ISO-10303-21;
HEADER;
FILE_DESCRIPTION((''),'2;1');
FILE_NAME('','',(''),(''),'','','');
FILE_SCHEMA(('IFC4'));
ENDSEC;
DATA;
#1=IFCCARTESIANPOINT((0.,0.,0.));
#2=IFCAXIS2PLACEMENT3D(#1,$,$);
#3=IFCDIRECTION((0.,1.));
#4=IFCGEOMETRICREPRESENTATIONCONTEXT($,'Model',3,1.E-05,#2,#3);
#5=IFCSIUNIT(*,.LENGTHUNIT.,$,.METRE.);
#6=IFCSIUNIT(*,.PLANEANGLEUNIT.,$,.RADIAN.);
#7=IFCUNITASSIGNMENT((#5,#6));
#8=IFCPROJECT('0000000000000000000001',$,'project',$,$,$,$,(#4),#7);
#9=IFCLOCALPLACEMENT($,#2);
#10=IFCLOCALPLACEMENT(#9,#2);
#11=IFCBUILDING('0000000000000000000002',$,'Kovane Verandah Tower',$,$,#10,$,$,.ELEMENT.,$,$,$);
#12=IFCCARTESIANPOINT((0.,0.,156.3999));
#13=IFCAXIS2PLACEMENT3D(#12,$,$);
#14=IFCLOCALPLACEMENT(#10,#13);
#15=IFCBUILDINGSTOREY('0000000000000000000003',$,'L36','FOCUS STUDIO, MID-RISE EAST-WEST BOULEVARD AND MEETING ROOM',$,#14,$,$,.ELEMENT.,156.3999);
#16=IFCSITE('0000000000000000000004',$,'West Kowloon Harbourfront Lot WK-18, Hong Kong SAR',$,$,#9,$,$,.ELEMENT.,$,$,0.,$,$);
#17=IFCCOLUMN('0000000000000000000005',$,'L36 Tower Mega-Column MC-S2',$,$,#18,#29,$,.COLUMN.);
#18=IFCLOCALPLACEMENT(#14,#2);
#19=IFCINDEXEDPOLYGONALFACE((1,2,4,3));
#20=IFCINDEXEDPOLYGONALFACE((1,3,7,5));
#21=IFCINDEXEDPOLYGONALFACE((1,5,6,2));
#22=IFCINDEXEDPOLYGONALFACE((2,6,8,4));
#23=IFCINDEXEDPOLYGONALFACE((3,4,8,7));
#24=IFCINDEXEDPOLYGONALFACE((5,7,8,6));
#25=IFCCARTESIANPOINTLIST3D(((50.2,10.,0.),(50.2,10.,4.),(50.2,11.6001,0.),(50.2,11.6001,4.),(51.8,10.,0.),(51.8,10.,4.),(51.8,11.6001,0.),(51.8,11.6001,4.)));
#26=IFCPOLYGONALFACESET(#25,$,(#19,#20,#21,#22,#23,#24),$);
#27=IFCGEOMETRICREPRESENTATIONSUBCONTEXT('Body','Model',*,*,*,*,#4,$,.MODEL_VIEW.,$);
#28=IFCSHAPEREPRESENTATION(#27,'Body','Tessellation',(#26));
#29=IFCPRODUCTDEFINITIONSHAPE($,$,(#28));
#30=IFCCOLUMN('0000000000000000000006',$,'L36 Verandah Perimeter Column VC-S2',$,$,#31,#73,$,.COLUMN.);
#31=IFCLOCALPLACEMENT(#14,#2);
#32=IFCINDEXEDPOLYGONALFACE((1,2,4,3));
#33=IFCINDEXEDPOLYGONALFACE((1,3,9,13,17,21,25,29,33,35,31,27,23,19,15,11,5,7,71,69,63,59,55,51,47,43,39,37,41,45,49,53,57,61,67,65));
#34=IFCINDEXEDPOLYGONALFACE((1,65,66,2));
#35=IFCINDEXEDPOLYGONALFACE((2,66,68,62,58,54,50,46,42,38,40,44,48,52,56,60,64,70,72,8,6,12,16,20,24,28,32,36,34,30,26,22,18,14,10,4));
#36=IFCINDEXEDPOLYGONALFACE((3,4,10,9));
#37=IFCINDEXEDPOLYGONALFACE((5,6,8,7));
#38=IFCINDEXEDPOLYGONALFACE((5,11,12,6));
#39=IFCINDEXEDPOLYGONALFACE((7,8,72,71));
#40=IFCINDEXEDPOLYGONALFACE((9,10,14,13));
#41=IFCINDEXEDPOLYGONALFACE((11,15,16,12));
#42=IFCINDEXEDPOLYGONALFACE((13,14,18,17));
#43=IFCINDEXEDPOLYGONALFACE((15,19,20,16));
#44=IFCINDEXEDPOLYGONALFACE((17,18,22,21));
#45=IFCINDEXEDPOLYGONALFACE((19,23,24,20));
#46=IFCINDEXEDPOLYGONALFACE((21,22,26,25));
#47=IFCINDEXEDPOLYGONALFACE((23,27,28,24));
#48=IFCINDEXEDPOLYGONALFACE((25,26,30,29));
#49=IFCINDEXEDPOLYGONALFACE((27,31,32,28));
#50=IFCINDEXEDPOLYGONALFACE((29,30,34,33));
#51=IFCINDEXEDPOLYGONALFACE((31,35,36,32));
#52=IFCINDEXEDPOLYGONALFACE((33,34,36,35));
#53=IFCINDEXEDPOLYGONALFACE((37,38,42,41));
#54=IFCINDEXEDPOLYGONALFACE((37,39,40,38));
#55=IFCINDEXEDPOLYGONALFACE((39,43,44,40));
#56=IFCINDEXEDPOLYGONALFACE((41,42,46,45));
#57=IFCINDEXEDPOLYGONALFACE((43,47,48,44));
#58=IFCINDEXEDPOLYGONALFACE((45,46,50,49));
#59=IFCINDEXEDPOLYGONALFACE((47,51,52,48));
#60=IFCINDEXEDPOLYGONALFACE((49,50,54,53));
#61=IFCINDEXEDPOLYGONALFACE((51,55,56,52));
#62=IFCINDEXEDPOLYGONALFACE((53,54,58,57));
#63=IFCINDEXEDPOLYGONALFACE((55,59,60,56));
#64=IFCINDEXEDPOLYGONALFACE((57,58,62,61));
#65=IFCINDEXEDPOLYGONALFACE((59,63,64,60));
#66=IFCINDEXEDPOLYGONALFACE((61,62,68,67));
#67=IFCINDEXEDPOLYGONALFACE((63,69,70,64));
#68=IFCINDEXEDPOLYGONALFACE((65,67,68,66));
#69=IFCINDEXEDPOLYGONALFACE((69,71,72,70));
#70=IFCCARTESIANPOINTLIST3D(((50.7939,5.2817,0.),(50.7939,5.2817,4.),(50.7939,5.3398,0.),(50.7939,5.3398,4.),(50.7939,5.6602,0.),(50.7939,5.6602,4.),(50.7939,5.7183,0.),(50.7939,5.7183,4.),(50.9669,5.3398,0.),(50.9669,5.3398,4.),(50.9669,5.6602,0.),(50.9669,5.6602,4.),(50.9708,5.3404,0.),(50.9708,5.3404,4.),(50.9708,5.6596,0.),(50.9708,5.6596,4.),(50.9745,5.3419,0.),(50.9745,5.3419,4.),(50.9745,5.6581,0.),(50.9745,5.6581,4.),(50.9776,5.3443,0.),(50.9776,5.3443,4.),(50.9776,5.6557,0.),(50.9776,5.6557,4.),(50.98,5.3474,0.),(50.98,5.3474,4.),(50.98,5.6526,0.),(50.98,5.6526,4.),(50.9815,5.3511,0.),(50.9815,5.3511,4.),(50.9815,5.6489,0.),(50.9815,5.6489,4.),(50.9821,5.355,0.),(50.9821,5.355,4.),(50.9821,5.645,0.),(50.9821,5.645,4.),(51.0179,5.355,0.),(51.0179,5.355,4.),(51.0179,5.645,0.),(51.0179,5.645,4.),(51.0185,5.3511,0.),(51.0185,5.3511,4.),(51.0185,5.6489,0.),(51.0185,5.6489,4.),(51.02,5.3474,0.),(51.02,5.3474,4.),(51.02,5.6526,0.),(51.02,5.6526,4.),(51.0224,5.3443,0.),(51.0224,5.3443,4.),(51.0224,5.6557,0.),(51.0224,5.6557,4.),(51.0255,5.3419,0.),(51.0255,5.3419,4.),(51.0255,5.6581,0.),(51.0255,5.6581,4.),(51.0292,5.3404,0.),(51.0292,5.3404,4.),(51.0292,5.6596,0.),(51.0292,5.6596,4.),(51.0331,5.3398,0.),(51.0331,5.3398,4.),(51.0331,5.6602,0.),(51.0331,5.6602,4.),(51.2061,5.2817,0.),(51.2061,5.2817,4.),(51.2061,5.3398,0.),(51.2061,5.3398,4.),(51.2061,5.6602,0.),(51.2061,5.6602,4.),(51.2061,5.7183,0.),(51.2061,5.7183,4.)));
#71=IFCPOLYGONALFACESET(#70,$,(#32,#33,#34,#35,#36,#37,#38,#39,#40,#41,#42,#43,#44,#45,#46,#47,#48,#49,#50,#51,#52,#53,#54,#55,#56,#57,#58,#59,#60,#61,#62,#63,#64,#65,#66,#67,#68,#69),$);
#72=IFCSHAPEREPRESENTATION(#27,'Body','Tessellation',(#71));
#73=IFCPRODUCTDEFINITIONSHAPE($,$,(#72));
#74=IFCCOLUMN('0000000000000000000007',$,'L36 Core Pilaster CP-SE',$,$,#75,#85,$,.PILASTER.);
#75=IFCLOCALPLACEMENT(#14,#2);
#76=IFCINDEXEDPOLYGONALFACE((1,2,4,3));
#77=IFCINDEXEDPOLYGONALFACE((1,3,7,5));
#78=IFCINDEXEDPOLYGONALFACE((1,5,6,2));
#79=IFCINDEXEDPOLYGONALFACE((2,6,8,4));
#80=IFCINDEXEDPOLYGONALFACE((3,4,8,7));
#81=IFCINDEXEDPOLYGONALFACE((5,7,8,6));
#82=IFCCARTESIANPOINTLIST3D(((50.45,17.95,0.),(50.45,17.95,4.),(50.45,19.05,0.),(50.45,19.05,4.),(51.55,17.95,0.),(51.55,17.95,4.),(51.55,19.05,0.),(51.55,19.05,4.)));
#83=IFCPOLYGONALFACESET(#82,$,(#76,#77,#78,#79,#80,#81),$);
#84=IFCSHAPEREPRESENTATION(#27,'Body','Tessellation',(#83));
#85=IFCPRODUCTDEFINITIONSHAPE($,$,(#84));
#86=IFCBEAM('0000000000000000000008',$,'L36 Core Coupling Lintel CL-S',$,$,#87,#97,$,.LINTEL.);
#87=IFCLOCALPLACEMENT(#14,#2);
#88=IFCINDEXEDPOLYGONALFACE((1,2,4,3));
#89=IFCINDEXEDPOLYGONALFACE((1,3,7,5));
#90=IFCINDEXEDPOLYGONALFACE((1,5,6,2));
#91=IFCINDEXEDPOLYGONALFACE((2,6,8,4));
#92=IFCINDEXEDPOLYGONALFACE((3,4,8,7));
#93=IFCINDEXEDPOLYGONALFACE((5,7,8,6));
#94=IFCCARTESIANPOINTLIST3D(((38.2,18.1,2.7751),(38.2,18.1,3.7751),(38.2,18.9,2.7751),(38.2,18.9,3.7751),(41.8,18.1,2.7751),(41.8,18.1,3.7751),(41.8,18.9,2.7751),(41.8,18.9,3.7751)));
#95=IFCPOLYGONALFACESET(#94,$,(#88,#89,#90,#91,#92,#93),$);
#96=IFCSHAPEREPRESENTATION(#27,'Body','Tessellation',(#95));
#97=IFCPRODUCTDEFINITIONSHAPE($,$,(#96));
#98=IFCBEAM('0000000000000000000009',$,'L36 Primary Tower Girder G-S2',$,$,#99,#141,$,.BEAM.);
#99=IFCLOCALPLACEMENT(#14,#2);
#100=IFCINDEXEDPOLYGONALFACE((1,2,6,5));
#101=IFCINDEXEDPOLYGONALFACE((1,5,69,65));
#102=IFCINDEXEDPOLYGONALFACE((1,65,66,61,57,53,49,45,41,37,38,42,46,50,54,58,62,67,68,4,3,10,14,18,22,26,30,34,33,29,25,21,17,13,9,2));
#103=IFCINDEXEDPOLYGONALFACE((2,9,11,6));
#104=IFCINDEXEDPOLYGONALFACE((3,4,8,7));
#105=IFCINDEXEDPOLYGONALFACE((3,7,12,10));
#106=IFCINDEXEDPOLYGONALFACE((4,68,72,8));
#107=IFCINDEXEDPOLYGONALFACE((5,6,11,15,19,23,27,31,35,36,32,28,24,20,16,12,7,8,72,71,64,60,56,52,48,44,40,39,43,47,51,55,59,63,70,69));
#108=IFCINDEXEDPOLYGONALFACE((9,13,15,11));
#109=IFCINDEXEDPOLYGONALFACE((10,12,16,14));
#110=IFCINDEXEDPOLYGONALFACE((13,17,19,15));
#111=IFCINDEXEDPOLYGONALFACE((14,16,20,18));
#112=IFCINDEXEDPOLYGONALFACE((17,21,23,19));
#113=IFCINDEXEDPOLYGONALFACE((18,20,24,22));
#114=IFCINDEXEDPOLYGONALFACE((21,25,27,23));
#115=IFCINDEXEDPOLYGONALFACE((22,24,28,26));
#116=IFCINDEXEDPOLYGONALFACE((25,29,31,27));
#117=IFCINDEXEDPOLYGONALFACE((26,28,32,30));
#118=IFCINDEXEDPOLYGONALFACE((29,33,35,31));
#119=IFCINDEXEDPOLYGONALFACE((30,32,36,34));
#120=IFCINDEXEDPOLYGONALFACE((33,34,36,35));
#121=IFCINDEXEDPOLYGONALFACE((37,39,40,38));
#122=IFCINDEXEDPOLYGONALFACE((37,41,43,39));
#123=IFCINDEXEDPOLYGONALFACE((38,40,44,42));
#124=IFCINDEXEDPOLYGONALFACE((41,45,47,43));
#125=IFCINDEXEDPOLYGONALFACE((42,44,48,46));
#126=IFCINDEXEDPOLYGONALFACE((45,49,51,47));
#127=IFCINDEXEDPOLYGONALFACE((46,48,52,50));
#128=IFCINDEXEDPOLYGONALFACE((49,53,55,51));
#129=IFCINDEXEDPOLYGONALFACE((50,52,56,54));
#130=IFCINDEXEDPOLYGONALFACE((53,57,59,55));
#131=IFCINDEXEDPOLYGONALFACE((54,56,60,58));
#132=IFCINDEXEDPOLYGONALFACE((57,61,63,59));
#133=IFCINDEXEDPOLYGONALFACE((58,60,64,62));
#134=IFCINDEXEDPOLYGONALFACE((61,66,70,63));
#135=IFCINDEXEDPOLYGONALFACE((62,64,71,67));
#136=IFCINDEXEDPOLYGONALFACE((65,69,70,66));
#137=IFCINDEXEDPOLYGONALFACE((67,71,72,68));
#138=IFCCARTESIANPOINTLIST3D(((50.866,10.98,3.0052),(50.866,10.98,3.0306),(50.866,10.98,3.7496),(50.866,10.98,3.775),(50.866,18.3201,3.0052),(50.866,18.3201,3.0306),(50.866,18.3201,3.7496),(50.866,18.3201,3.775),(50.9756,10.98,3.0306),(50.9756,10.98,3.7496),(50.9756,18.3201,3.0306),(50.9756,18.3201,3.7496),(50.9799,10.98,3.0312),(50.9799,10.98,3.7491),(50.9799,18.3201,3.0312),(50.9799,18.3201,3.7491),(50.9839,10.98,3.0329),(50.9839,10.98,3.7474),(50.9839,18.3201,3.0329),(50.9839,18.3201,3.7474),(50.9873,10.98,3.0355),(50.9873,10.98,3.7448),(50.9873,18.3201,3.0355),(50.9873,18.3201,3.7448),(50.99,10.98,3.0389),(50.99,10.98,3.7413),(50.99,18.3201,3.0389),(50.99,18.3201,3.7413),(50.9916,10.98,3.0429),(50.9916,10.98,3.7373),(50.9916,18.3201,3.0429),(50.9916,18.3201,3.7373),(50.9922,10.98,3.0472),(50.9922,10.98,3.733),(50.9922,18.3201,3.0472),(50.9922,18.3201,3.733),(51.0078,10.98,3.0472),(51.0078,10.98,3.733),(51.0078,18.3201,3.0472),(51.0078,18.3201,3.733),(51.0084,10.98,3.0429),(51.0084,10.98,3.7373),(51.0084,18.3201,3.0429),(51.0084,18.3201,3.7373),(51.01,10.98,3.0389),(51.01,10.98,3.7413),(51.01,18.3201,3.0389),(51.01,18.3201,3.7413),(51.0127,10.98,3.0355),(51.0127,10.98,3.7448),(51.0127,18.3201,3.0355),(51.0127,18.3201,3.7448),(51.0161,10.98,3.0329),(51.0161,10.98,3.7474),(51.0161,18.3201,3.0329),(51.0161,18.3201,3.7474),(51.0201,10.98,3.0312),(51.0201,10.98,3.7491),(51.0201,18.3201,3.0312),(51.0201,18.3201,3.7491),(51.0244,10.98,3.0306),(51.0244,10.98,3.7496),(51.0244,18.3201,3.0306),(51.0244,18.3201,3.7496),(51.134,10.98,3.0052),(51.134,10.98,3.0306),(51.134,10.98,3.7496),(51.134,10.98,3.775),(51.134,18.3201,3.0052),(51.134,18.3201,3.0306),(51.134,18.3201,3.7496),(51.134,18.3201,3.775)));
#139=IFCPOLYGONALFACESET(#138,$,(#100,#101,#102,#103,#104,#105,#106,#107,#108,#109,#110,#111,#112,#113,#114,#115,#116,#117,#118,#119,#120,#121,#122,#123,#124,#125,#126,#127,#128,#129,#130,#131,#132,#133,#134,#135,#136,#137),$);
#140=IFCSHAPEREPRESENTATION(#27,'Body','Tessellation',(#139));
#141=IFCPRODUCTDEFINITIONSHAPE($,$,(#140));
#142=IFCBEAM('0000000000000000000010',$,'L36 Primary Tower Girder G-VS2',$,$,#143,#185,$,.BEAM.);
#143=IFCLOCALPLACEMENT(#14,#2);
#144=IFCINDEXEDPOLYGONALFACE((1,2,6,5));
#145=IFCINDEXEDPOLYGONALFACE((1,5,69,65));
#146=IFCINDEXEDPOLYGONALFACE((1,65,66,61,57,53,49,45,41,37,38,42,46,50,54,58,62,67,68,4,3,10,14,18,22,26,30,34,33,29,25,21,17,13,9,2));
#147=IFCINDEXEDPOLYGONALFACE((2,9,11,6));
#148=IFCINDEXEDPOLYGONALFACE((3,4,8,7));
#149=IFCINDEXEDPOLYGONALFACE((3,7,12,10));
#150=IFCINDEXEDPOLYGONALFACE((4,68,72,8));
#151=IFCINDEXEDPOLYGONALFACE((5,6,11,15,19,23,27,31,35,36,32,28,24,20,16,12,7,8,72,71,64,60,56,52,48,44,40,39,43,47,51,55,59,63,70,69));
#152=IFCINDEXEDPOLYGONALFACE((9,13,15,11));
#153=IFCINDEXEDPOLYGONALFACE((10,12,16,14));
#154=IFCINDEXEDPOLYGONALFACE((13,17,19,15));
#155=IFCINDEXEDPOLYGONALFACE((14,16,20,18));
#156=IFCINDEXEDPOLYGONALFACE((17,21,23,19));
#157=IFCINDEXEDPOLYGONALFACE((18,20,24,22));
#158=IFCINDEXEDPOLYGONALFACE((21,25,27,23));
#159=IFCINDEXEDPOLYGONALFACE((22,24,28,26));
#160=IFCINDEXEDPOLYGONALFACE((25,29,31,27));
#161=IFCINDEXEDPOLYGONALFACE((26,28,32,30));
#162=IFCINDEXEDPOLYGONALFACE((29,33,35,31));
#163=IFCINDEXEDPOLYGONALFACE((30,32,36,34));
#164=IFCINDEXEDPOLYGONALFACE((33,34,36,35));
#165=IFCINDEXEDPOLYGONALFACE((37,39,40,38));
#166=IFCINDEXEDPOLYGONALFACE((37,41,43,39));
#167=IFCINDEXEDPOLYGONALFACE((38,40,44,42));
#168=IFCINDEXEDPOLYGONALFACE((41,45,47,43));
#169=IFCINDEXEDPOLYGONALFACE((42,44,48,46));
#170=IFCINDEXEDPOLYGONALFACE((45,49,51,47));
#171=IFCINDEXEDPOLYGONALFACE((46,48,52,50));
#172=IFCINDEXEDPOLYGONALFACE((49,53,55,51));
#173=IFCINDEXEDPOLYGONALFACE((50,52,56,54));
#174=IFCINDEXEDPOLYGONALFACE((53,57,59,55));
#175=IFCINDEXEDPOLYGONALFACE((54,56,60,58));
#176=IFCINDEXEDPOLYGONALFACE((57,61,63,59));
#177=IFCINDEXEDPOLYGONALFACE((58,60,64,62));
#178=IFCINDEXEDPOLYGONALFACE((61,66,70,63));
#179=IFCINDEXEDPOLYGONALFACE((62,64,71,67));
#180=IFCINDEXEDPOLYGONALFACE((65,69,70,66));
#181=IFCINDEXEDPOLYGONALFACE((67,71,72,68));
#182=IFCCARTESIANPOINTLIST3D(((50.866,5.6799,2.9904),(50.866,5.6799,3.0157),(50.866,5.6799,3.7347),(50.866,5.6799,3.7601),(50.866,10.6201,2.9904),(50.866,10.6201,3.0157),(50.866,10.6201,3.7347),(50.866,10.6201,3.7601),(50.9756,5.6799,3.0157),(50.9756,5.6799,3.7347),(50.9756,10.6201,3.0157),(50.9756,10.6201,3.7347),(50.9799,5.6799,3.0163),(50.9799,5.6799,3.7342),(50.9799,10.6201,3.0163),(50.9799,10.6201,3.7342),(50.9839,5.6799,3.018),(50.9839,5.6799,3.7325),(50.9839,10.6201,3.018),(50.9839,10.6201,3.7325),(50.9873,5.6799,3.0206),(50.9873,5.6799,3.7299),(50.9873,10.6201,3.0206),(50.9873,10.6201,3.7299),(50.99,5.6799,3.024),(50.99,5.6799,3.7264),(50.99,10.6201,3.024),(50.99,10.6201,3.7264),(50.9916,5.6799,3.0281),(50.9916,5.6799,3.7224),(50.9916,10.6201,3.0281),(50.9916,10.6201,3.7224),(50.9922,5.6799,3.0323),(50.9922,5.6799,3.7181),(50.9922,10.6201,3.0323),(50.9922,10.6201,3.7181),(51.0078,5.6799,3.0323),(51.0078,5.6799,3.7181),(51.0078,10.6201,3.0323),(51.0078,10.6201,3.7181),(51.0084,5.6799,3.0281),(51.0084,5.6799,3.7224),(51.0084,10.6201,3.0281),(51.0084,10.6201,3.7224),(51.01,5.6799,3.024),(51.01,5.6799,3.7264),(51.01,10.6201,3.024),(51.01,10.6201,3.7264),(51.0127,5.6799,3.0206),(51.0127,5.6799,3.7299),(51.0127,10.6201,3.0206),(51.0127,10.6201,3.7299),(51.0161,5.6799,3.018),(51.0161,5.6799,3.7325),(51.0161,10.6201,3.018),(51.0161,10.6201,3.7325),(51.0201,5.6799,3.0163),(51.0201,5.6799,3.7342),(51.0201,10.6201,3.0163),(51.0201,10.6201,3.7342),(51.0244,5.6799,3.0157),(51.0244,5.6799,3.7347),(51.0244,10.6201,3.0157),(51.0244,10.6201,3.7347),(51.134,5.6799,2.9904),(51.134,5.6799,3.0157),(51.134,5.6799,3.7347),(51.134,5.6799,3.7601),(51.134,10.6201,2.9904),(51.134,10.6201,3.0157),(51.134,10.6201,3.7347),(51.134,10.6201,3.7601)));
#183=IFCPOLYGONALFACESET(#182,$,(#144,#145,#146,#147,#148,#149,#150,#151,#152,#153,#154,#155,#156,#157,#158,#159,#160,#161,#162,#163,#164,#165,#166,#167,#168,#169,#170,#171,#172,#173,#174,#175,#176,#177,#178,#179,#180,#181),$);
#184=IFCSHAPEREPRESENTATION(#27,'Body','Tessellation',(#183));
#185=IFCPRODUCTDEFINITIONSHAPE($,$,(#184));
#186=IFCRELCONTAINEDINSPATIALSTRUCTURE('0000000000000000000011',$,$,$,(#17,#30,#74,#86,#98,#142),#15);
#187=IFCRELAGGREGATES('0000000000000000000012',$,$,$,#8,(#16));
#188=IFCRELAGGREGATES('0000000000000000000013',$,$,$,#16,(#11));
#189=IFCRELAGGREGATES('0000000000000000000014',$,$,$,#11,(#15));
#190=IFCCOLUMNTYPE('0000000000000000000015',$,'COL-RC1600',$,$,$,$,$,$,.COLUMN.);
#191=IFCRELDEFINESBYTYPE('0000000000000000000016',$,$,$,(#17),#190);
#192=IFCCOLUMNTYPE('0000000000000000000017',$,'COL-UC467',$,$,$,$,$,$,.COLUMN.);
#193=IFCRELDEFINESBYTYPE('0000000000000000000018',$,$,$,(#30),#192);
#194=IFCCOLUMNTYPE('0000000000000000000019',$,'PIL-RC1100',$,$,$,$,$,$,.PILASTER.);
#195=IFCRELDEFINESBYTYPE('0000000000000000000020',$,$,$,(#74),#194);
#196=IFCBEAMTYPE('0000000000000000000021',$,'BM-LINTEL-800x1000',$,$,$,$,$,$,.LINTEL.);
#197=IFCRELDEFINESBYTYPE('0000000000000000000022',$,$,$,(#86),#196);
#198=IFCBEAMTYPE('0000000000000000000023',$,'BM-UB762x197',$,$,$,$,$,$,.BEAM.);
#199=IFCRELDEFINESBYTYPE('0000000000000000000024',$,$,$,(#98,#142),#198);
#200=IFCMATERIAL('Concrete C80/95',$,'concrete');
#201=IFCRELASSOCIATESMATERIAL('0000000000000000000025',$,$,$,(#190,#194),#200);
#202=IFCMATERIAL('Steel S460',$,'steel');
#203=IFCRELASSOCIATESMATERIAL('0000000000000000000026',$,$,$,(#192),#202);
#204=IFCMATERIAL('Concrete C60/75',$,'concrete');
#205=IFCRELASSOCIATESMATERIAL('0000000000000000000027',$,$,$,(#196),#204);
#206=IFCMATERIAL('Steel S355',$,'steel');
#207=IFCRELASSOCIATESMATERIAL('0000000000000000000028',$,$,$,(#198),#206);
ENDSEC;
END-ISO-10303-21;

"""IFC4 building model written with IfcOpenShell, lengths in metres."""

from ifc_helpers import new_model, si_unit, direction, frame, origin, origin_2d, place, context, subcontext, project, spatial, rectangle, i_section, extrude, material, material_profile, profile_set, type_object, element, save


model = new_model("IFC4")

# Units and contexts
model_context = context("Model", 3, precision=1e-05, world=origin(), true_north=direction((0.0, 1.0)))
body_context = subcontext(model_context, "Body", "Model", "MODEL_VIEW")
ifc_project = project(units=[si_unit("LENGTHUNIT", "METRE"), si_unit("PLANEANGLEUNIT", "RADIAN")], contexts=[model_context])

# Site, building, storey
site_placement = place(None, origin())
site = spatial("IfcSite", under=ifc_project, at=site_placement, Name="West Kowloon Harbourfront Lot WK-18, Hong Kong SAR", CompositionType="ELEMENT", RefElevation=0.0)
building_placement = place(site_placement, origin())
building = spatial("IfcBuilding", under=site, at=building_placement, Name="Kovane Verandah Tower", CompositionType="ELEMENT")
storey_placement = place(building_placement, frame((0.0, 0.0, 156.3999)))
storey = spatial("IfcBuildingStorey", under=building, at=storey_placement, Name="L36", Description="FOCUS STUDIO, MID-RISE EAST-WEST BOULEVARD AND MEETING ROOM", CompositionType="ELEMENT", Elevation=156.3999)

# Columns
ifc_material_1 = material(Name="Concrete C80/95", Category="concrete")
ifc_material_profile_1 = material_profile(ifc_material_1, rectangle(XDim=1.6001, YDim=1.6001, at=origin_2d()), Name="RC1600x1600")
ifc_profile_set_1 = profile_set([ifc_material_profile_1], Name="Concrete C80/95")
column_type_1 = type_object("IfcColumnType", Name="COL-RC1600", PredefinedType="COLUMN", material=ifc_profile_set_1)
column_1_placement = place(storey_placement, frame((51.0, 10.8, 0.0), z_axis=(0.0, 0.0, 1.0), x_axis=(1.0, 0.0, 0.0)))
element("IfcColumn", 1, at=column_1_placement, inside=storey, type_object=column_type_1, Name="L36 Tower Mega-Column MC-S2", PredefinedType="COLUMN", context=body_context, shape_type="SweptSolid", body=[
    extrude(rectangle(XDim=1.6001, YDim=1.6001, at=origin_2d()), origin(), (0.0, 0.0, 1.0), 4.0),
])
ifc_material_2 = material(Name="Steel S460", Category="steel")
ifc_material_profile_2 = material_profile(ifc_material_2, i_section(OverallWidth=0.4121, OverallDepth=0.4365, WebThickness=0.0359, FlangeThickness=0.0581, FilletRadius=0.0151, at=origin_2d()), Name="UC356x406x467")
ifc_profile_set_2 = profile_set([ifc_material_profile_2], Name="Steel S460")
column_type_2 = type_object("IfcColumnType", Name="COL-UC467", PredefinedType="COLUMN", material=ifc_profile_set_2)
column_2_placement = place(storey_placement, frame((51.0, 5.5, 0.0), z_axis=(0.0, 0.0, 1.0), x_axis=(1.0, 0.0, 0.0)))
element("IfcColumn", 2, at=column_2_placement, inside=storey, type_object=column_type_2, Name="L36 Verandah Perimeter Column VC-S2", PredefinedType="COLUMN", context=body_context, shape_type="SweptSolid", body=[
    extrude(i_section(OverallWidth=0.4121, OverallDepth=0.4365, WebThickness=0.0359, FlangeThickness=0.0581, FilletRadius=0.0151, at=origin_2d()), origin(), (0.0, 0.0, 1.0), 4.0),
])
ifc_material_profile_3 = material_profile(ifc_material_1, rectangle(XDim=1.1001, YDim=1.1001, at=origin_2d()), Name="RC1100x1100")
ifc_profile_set_3 = profile_set([ifc_material_profile_3], Name="Concrete C80/95")
column_type_3 = type_object("IfcColumnType", Name="PIL-RC1100", PredefinedType="PILASTER", material=ifc_profile_set_3)
column_3_placement = place(storey_placement, frame((51.0, 18.5, 0.0), z_axis=(0.0, 0.0, 1.0), x_axis=(1.0, 0.0, 0.0)))
element("IfcColumn", 3, at=column_3_placement, inside=storey, type_object=column_type_3, Name="L36 Core Pilaster CP-SE", PredefinedType="PILASTER", context=body_context, shape_type="SweptSolid", body=[
    extrude(rectangle(XDim=1.1001, YDim=1.1001, at=origin_2d()), origin(), (0.0, 0.0, 1.0), 4.0),
])

# Beams
ifc_material_3 = material(Name="Concrete C60/75", Category="concrete")
ifc_material_profile_4 = material_profile(ifc_material_3, rectangle(XDim=0.8, YDim=1.0, at=origin_2d()), Name="RCB800x1000")
ifc_profile_set_4 = profile_set([ifc_material_profile_4], Name="Concrete C60/75")
beam_type_1 = type_object("IfcBeamType", Name="BM-LINTEL-800x1000", PredefinedType="LINTEL", material=ifc_profile_set_4)
beam_1_placement = place(storey_placement, frame((38.2, 18.5, 3.2751), z_axis=(1.0, 0.0, 0.0), x_axis=(0.0, 1.0, 0.0)))
element("IfcBeam", 4, at=beam_1_placement, inside=storey, type_object=beam_type_1, Name="L36 Core Coupling Lintel CL-S", PredefinedType="LINTEL", context=body_context, shape_type="SweptSolid", body=[
    extrude(rectangle(XDim=0.8, YDim=1.0, at=origin_2d()), origin(), (0.0, 0.0, 1.0), 3.6001),
])
ifc_material_4 = material(Name="Steel S355", Category="steel")
ifc_material_profile_5 = material_profile(ifc_material_4, i_section(OverallWidth=0.2681, OverallDepth=0.7698, WebThickness=0.0156, FlangeThickness=0.0254, FilletRadius=0.0166, at=origin_2d()), Name="UB762x267x197")
ifc_profile_set_5 = profile_set([ifc_material_profile_5], Name="Steel S355")
beam_type_2 = type_object("IfcBeamType", Name="BM-UB762x197", PredefinedType="BEAM", material=ifc_profile_set_5)
beam_2_placement = place(storey_placement, frame((51.0, 18.3201, 3.3901), z_axis=(0.0, -1.0, 0.0), x_axis=(1.0, 0.0, 0.0)))
element("IfcBeam", 5, at=beam_2_placement, inside=storey, type_object=beam_type_2, Name="L36 Primary Tower Girder G-S2", PredefinedType="BEAM", context=body_context, shape_type="SweptSolid", body=[
    extrude(i_section(OverallWidth=0.2681, OverallDepth=0.7698, WebThickness=0.0156, FlangeThickness=0.0254, FilletRadius=0.0166, at=origin_2d()), origin(), (0.0, 0.0, 1.0), 7.3401),
])
beam_3_placement = place(storey_placement, frame((51.0, 10.6201, 3.3752), z_axis=(0.0, -1.0, 0.0), x_axis=(1.0, 0.0, 0.0)))
element("IfcBeam", 6, at=beam_3_placement, inside=storey, type_object=beam_type_2, Name="L36 Primary Tower Girder G-VS2", PredefinedType="BEAM", context=body_context, shape_type="SweptSolid", body=[
    extrude(i_section(OverallWidth=0.2681, OverallDepth=0.7698, WebThickness=0.0156, FlangeThickness=0.0254, FilletRadius=0.0166, at=origin_2d()), origin(), (0.0, 0.0, 1.0), 4.9402),
])

save(model, "model.ifc")
